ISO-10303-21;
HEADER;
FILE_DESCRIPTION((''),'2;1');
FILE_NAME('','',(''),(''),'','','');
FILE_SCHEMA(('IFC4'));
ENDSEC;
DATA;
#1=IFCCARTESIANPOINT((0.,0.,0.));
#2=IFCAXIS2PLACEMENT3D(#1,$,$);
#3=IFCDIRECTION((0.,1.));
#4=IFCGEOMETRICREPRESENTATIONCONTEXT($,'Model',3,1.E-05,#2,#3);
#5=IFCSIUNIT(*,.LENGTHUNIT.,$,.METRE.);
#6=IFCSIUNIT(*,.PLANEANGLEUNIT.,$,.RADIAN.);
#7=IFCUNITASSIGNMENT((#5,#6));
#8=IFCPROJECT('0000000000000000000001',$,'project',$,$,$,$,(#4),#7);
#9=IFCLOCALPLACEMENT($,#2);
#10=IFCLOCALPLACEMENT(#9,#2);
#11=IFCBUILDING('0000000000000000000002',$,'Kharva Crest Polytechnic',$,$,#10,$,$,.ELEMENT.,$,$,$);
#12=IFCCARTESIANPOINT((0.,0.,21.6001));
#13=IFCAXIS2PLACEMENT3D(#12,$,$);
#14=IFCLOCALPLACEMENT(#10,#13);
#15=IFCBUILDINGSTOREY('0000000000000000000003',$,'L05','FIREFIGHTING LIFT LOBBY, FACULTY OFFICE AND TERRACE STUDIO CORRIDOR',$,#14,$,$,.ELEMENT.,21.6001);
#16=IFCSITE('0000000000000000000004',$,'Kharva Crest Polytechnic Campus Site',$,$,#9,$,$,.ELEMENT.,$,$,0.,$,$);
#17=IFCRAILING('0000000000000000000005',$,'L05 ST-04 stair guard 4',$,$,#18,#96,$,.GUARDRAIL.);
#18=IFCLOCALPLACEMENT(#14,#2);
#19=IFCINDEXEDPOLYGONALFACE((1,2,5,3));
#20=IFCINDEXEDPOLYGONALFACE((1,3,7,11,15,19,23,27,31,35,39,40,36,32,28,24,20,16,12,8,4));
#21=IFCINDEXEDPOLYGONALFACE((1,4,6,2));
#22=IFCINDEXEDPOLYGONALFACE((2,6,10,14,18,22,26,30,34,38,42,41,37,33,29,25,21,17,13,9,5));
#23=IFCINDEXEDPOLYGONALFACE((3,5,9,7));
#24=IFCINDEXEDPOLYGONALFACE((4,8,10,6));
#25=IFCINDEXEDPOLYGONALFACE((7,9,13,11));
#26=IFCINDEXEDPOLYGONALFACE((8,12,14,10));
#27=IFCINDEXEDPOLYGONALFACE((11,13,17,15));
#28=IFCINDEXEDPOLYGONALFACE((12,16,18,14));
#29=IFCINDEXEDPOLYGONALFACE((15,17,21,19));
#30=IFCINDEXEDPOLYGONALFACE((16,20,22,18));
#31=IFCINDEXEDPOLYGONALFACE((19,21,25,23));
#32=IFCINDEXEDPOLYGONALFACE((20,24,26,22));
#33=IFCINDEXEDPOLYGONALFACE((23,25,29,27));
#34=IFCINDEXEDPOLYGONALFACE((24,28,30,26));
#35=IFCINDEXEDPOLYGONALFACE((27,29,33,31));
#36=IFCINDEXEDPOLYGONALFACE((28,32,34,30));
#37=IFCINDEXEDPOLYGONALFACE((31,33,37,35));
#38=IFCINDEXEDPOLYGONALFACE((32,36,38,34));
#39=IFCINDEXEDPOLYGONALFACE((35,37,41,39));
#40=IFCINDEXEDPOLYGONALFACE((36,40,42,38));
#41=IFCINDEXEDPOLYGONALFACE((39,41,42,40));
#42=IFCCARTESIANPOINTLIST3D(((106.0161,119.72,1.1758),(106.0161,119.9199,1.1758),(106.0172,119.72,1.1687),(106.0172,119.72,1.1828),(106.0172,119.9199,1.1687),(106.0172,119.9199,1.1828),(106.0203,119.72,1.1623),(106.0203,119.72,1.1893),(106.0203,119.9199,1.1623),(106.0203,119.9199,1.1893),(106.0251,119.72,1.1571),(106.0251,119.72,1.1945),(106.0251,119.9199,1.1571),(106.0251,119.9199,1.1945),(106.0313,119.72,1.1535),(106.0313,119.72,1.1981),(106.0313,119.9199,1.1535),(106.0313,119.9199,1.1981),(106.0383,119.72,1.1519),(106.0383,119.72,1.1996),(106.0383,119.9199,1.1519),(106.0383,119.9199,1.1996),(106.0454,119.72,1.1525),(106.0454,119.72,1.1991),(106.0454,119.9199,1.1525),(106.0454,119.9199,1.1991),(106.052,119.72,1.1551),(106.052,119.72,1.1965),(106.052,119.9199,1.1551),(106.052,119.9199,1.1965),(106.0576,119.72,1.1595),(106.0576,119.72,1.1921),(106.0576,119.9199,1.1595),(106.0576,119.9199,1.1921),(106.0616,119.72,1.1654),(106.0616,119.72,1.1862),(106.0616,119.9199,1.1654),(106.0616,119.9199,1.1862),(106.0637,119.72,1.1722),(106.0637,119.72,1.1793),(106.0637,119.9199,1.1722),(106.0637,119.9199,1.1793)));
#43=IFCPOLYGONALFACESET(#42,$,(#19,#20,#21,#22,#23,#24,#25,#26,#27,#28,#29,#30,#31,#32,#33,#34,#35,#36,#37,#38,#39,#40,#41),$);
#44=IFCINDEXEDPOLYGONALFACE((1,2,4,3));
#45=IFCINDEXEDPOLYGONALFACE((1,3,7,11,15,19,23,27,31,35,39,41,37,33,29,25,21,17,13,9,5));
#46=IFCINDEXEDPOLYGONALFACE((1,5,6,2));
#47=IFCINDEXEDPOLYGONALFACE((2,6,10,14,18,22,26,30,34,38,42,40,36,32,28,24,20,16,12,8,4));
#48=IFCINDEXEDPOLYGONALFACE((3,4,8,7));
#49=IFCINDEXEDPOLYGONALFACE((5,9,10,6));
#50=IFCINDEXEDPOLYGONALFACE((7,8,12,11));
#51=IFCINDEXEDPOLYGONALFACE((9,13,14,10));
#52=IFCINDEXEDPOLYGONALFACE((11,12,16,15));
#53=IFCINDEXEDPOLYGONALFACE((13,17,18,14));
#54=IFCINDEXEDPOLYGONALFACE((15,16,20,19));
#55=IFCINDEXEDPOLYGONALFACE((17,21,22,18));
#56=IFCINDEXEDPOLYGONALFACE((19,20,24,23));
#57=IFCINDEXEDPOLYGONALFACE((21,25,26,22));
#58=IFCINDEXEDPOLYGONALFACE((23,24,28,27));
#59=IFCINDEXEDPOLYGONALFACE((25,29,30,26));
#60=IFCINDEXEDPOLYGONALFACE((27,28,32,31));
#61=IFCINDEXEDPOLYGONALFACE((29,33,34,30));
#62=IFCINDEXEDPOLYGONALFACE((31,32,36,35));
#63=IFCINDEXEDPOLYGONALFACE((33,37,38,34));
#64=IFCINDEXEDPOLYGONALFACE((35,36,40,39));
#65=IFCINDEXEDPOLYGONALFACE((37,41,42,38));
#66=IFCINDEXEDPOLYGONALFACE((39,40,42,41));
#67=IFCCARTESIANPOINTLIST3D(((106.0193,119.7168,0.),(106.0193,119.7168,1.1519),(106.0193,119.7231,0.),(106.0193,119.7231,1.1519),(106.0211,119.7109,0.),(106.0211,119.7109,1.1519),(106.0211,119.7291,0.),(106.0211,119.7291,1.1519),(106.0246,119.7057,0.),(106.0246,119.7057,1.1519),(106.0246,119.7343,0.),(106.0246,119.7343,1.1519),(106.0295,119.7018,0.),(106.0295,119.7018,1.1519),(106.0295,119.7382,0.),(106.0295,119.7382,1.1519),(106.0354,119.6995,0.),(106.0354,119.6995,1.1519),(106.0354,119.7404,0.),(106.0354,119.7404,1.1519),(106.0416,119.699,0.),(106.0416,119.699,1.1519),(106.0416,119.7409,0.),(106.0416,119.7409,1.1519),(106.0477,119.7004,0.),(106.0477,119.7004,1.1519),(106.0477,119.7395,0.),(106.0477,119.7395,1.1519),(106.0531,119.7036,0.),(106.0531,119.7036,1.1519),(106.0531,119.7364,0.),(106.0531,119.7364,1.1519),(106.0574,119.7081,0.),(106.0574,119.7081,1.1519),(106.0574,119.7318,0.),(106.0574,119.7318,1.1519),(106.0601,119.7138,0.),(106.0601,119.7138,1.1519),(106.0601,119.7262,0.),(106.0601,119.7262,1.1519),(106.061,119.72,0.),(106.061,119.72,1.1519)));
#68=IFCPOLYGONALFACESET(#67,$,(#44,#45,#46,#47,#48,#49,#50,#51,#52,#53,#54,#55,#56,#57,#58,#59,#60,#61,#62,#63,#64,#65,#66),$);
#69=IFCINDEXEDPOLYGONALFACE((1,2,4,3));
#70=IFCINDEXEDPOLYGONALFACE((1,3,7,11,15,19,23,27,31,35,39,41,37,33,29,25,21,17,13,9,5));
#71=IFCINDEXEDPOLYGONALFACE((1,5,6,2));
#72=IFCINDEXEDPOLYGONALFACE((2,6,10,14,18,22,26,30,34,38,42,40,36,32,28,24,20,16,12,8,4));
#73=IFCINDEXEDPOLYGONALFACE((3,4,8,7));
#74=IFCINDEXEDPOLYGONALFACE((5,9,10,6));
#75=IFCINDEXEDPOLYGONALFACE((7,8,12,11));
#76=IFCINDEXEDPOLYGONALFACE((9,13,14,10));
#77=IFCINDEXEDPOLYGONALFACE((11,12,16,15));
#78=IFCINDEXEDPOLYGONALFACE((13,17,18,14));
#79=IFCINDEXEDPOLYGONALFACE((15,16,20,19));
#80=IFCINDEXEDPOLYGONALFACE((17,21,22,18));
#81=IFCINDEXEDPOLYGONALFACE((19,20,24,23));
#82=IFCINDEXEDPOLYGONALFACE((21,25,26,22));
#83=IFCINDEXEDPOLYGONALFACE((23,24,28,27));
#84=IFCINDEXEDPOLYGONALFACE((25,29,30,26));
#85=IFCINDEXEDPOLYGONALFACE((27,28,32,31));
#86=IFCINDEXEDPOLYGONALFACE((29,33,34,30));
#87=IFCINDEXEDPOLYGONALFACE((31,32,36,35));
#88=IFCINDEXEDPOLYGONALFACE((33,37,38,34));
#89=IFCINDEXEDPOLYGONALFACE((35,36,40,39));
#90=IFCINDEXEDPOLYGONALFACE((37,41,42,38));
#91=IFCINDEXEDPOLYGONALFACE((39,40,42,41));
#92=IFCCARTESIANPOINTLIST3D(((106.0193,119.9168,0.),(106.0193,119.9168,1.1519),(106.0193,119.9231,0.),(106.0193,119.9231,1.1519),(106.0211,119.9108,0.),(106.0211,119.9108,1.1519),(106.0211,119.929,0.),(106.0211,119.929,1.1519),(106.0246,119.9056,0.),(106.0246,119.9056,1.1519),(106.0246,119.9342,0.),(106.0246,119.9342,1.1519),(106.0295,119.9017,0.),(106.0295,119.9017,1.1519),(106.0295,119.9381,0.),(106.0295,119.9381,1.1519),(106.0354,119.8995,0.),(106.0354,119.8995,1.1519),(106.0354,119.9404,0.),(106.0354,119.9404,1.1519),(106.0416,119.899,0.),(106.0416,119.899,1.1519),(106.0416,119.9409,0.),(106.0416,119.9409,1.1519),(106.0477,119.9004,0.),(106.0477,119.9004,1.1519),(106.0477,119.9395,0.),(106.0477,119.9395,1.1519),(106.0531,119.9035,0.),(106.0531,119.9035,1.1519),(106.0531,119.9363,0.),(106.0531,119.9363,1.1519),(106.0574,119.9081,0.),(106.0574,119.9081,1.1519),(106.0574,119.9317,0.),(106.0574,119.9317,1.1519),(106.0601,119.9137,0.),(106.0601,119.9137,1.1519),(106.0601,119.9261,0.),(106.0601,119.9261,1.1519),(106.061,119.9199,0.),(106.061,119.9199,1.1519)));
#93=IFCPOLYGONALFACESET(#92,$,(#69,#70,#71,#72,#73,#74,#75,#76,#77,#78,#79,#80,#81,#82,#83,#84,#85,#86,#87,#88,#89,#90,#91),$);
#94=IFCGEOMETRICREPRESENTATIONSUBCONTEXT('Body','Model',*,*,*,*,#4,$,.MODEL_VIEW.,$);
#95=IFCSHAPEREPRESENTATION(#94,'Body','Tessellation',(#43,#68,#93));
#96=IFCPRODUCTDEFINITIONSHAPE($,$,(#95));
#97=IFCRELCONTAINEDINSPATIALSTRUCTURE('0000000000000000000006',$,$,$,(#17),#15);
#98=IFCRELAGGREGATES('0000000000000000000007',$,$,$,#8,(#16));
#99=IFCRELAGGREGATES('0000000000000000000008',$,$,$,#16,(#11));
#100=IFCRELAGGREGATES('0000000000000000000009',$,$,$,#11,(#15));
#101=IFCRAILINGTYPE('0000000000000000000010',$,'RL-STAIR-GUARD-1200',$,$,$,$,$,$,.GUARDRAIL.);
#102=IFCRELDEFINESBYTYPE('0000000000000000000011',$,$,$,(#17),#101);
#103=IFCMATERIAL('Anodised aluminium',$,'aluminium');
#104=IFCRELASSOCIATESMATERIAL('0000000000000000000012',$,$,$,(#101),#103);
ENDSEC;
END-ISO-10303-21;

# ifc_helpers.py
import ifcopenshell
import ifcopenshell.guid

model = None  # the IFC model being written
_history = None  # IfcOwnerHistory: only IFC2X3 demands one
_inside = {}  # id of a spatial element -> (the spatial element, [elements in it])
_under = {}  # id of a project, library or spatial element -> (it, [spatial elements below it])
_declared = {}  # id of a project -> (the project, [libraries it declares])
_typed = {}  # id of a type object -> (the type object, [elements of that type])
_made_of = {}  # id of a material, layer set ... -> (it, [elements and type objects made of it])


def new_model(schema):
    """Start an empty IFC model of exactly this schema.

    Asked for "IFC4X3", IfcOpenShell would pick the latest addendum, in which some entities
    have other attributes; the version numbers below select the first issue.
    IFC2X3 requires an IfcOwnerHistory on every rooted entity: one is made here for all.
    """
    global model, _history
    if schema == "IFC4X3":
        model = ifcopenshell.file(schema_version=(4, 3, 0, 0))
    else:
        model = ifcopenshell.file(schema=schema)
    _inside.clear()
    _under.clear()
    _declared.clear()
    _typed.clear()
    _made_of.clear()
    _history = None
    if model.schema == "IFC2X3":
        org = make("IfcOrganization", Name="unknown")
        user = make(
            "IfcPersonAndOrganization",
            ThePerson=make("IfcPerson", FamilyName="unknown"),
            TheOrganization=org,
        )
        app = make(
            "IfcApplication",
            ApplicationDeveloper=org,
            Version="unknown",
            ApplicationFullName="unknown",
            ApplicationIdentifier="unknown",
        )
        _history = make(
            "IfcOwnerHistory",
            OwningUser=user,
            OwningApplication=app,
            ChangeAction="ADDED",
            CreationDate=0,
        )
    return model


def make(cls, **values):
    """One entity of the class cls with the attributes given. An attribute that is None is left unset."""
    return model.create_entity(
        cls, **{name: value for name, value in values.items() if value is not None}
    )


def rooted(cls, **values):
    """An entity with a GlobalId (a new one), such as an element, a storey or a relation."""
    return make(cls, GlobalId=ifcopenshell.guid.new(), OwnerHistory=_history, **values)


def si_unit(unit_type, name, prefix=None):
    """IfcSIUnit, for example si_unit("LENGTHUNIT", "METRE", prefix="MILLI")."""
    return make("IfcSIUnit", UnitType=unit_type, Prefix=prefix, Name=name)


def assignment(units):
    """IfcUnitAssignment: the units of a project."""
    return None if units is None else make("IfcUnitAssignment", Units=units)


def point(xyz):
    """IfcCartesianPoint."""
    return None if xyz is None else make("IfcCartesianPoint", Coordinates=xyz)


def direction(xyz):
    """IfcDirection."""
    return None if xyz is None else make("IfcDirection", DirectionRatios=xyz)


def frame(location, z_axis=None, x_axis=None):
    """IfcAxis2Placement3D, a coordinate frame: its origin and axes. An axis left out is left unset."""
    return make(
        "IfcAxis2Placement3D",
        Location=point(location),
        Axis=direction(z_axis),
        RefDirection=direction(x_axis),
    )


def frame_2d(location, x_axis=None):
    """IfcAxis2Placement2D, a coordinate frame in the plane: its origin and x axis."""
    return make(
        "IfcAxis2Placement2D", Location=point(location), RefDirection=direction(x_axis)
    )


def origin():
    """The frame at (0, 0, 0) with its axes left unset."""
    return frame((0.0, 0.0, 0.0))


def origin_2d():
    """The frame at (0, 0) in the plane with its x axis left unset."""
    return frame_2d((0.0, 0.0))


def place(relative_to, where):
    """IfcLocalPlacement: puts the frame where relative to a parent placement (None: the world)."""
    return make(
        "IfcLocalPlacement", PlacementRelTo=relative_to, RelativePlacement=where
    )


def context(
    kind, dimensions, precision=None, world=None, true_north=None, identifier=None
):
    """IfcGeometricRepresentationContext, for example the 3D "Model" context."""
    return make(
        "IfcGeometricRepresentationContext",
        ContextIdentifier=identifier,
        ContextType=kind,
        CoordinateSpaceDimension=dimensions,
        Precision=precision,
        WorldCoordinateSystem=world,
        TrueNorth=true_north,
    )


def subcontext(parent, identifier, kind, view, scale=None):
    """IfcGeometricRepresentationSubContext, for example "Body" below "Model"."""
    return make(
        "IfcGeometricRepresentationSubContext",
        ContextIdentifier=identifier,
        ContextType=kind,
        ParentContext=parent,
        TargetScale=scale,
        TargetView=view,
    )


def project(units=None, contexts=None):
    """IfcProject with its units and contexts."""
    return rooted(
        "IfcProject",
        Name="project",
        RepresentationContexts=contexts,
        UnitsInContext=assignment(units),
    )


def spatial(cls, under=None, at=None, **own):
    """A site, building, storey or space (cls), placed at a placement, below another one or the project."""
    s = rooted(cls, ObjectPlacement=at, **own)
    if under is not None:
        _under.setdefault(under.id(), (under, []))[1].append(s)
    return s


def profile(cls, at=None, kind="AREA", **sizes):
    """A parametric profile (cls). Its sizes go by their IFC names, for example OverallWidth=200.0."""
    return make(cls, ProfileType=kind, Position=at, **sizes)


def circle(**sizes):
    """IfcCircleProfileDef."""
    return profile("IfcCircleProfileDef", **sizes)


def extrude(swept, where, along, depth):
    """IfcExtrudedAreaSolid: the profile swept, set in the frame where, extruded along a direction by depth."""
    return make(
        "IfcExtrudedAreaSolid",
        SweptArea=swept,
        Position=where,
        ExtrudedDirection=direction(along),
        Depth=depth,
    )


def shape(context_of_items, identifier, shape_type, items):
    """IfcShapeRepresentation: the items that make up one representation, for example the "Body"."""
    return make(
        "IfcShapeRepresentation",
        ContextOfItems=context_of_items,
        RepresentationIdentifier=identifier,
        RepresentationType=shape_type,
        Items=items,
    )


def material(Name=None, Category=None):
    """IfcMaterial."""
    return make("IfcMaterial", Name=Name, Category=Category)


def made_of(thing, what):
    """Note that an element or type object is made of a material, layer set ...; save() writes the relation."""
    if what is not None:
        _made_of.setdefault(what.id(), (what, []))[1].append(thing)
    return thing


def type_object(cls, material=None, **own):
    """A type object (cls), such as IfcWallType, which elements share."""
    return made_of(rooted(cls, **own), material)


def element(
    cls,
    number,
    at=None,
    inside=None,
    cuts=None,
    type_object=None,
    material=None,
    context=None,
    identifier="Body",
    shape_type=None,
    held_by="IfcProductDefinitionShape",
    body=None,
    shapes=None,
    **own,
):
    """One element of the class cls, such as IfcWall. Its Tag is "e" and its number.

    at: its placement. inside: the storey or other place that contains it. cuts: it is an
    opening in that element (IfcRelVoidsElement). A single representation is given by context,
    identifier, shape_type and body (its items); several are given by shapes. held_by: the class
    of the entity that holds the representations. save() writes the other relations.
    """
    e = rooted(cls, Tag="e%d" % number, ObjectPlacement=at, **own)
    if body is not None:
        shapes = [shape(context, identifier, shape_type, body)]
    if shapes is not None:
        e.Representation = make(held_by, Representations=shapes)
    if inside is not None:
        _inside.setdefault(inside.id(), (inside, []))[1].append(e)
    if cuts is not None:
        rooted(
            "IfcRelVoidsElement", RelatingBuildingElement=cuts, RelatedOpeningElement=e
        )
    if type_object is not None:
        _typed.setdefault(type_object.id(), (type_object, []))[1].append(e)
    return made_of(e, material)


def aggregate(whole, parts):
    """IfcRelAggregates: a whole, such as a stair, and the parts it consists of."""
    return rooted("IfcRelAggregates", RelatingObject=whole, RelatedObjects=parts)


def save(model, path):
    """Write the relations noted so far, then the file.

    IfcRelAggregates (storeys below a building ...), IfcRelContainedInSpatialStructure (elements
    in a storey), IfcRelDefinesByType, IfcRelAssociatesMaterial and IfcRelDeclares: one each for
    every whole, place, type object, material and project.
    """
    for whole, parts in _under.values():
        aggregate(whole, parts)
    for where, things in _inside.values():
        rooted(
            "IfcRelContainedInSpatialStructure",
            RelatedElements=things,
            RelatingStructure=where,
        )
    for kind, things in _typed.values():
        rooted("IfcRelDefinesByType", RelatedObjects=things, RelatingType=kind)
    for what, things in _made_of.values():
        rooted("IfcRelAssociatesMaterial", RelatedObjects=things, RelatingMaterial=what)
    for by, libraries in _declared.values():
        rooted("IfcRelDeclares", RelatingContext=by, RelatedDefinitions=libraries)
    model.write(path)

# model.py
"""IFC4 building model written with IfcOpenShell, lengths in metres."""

from ifc_helpers import new_model, si_unit, direction, frame, origin, origin_2d, place, context, subcontext, project, spatial, circle, extrude, material, type_object, element, save


model = new_model("IFC4")

# Units and contexts
model_context = context("Model", 3, precision=1e-05, world=origin(), true_north=direction((0.0, 1.0)))
body_context = subcontext(model_context, "Body", "Model", "MODEL_VIEW")
ifc_project = project(units=[si_unit("LENGTHUNIT", "METRE"), si_unit("PLANEANGLEUNIT", "RADIAN")], contexts=[model_context])

# Site, building, storey
site_placement = place(None, origin())
site = spatial("IfcSite", under=ifc_project, at=site_placement, Name="Kharva Crest Polytechnic Campus Site", CompositionType="ELEMENT", RefElevation=0.0)
building_placement = place(site_placement, origin())
building = spatial("IfcBuilding", under=site, at=building_placement, Name="Kharva Crest Polytechnic", CompositionType="ELEMENT")
storey_placement = place(building_placement, frame((0.0, 0.0, 21.6001)))
storey = spatial("IfcBuildingStorey", under=building, at=storey_placement, Name="L05", Description="FIREFIGHTING LIFT LOBBY, FACULTY OFFICE AND TERRACE STUDIO CORRIDOR", CompositionType="ELEMENT", Elevation=21.6001)

# Shared definitions
ifc_material_1 = material(Name="Anodised aluminium", Category="aluminium")

# Railing
railing_type_1 = type_object("IfcRailingType", Name="RL-STAIR-GUARD-1200", PredefinedType="GUARDRAIL", material=ifc_material_1)
railing_1_placement = place(storey_placement, frame((106.04, 119.72, 0.0)))
element("IfcRailing", 1, at=railing_1_placement, inside=storey, type_object=railing_type_1, Name="L05 ST-04 stair guard 4", PredefinedType="GUARDRAIL", context=body_context, shape_type="SweptSolid", body=[
    extrude(circle(Radius=0.0239, at=origin_2d()), frame((0.0, 0.0, 1.1758), z_axis=(0.0, 1.0, 0.0), x_axis=(-1.0, 0.0, 0.0)), (0.0, 0.0, 1.0), 0.2),
    extrude(circle(Radius=0.021, at=origin_2d()), origin(), (0.0, 0.0, 1.0), 1.1519),
    extrude(circle(Radius=0.021, at=origin_2d()), frame((0.0, 0.2, 0.0)), (0.0, 0.0, 1.0), 1.1519),
])

save(model, "model.ifc")
